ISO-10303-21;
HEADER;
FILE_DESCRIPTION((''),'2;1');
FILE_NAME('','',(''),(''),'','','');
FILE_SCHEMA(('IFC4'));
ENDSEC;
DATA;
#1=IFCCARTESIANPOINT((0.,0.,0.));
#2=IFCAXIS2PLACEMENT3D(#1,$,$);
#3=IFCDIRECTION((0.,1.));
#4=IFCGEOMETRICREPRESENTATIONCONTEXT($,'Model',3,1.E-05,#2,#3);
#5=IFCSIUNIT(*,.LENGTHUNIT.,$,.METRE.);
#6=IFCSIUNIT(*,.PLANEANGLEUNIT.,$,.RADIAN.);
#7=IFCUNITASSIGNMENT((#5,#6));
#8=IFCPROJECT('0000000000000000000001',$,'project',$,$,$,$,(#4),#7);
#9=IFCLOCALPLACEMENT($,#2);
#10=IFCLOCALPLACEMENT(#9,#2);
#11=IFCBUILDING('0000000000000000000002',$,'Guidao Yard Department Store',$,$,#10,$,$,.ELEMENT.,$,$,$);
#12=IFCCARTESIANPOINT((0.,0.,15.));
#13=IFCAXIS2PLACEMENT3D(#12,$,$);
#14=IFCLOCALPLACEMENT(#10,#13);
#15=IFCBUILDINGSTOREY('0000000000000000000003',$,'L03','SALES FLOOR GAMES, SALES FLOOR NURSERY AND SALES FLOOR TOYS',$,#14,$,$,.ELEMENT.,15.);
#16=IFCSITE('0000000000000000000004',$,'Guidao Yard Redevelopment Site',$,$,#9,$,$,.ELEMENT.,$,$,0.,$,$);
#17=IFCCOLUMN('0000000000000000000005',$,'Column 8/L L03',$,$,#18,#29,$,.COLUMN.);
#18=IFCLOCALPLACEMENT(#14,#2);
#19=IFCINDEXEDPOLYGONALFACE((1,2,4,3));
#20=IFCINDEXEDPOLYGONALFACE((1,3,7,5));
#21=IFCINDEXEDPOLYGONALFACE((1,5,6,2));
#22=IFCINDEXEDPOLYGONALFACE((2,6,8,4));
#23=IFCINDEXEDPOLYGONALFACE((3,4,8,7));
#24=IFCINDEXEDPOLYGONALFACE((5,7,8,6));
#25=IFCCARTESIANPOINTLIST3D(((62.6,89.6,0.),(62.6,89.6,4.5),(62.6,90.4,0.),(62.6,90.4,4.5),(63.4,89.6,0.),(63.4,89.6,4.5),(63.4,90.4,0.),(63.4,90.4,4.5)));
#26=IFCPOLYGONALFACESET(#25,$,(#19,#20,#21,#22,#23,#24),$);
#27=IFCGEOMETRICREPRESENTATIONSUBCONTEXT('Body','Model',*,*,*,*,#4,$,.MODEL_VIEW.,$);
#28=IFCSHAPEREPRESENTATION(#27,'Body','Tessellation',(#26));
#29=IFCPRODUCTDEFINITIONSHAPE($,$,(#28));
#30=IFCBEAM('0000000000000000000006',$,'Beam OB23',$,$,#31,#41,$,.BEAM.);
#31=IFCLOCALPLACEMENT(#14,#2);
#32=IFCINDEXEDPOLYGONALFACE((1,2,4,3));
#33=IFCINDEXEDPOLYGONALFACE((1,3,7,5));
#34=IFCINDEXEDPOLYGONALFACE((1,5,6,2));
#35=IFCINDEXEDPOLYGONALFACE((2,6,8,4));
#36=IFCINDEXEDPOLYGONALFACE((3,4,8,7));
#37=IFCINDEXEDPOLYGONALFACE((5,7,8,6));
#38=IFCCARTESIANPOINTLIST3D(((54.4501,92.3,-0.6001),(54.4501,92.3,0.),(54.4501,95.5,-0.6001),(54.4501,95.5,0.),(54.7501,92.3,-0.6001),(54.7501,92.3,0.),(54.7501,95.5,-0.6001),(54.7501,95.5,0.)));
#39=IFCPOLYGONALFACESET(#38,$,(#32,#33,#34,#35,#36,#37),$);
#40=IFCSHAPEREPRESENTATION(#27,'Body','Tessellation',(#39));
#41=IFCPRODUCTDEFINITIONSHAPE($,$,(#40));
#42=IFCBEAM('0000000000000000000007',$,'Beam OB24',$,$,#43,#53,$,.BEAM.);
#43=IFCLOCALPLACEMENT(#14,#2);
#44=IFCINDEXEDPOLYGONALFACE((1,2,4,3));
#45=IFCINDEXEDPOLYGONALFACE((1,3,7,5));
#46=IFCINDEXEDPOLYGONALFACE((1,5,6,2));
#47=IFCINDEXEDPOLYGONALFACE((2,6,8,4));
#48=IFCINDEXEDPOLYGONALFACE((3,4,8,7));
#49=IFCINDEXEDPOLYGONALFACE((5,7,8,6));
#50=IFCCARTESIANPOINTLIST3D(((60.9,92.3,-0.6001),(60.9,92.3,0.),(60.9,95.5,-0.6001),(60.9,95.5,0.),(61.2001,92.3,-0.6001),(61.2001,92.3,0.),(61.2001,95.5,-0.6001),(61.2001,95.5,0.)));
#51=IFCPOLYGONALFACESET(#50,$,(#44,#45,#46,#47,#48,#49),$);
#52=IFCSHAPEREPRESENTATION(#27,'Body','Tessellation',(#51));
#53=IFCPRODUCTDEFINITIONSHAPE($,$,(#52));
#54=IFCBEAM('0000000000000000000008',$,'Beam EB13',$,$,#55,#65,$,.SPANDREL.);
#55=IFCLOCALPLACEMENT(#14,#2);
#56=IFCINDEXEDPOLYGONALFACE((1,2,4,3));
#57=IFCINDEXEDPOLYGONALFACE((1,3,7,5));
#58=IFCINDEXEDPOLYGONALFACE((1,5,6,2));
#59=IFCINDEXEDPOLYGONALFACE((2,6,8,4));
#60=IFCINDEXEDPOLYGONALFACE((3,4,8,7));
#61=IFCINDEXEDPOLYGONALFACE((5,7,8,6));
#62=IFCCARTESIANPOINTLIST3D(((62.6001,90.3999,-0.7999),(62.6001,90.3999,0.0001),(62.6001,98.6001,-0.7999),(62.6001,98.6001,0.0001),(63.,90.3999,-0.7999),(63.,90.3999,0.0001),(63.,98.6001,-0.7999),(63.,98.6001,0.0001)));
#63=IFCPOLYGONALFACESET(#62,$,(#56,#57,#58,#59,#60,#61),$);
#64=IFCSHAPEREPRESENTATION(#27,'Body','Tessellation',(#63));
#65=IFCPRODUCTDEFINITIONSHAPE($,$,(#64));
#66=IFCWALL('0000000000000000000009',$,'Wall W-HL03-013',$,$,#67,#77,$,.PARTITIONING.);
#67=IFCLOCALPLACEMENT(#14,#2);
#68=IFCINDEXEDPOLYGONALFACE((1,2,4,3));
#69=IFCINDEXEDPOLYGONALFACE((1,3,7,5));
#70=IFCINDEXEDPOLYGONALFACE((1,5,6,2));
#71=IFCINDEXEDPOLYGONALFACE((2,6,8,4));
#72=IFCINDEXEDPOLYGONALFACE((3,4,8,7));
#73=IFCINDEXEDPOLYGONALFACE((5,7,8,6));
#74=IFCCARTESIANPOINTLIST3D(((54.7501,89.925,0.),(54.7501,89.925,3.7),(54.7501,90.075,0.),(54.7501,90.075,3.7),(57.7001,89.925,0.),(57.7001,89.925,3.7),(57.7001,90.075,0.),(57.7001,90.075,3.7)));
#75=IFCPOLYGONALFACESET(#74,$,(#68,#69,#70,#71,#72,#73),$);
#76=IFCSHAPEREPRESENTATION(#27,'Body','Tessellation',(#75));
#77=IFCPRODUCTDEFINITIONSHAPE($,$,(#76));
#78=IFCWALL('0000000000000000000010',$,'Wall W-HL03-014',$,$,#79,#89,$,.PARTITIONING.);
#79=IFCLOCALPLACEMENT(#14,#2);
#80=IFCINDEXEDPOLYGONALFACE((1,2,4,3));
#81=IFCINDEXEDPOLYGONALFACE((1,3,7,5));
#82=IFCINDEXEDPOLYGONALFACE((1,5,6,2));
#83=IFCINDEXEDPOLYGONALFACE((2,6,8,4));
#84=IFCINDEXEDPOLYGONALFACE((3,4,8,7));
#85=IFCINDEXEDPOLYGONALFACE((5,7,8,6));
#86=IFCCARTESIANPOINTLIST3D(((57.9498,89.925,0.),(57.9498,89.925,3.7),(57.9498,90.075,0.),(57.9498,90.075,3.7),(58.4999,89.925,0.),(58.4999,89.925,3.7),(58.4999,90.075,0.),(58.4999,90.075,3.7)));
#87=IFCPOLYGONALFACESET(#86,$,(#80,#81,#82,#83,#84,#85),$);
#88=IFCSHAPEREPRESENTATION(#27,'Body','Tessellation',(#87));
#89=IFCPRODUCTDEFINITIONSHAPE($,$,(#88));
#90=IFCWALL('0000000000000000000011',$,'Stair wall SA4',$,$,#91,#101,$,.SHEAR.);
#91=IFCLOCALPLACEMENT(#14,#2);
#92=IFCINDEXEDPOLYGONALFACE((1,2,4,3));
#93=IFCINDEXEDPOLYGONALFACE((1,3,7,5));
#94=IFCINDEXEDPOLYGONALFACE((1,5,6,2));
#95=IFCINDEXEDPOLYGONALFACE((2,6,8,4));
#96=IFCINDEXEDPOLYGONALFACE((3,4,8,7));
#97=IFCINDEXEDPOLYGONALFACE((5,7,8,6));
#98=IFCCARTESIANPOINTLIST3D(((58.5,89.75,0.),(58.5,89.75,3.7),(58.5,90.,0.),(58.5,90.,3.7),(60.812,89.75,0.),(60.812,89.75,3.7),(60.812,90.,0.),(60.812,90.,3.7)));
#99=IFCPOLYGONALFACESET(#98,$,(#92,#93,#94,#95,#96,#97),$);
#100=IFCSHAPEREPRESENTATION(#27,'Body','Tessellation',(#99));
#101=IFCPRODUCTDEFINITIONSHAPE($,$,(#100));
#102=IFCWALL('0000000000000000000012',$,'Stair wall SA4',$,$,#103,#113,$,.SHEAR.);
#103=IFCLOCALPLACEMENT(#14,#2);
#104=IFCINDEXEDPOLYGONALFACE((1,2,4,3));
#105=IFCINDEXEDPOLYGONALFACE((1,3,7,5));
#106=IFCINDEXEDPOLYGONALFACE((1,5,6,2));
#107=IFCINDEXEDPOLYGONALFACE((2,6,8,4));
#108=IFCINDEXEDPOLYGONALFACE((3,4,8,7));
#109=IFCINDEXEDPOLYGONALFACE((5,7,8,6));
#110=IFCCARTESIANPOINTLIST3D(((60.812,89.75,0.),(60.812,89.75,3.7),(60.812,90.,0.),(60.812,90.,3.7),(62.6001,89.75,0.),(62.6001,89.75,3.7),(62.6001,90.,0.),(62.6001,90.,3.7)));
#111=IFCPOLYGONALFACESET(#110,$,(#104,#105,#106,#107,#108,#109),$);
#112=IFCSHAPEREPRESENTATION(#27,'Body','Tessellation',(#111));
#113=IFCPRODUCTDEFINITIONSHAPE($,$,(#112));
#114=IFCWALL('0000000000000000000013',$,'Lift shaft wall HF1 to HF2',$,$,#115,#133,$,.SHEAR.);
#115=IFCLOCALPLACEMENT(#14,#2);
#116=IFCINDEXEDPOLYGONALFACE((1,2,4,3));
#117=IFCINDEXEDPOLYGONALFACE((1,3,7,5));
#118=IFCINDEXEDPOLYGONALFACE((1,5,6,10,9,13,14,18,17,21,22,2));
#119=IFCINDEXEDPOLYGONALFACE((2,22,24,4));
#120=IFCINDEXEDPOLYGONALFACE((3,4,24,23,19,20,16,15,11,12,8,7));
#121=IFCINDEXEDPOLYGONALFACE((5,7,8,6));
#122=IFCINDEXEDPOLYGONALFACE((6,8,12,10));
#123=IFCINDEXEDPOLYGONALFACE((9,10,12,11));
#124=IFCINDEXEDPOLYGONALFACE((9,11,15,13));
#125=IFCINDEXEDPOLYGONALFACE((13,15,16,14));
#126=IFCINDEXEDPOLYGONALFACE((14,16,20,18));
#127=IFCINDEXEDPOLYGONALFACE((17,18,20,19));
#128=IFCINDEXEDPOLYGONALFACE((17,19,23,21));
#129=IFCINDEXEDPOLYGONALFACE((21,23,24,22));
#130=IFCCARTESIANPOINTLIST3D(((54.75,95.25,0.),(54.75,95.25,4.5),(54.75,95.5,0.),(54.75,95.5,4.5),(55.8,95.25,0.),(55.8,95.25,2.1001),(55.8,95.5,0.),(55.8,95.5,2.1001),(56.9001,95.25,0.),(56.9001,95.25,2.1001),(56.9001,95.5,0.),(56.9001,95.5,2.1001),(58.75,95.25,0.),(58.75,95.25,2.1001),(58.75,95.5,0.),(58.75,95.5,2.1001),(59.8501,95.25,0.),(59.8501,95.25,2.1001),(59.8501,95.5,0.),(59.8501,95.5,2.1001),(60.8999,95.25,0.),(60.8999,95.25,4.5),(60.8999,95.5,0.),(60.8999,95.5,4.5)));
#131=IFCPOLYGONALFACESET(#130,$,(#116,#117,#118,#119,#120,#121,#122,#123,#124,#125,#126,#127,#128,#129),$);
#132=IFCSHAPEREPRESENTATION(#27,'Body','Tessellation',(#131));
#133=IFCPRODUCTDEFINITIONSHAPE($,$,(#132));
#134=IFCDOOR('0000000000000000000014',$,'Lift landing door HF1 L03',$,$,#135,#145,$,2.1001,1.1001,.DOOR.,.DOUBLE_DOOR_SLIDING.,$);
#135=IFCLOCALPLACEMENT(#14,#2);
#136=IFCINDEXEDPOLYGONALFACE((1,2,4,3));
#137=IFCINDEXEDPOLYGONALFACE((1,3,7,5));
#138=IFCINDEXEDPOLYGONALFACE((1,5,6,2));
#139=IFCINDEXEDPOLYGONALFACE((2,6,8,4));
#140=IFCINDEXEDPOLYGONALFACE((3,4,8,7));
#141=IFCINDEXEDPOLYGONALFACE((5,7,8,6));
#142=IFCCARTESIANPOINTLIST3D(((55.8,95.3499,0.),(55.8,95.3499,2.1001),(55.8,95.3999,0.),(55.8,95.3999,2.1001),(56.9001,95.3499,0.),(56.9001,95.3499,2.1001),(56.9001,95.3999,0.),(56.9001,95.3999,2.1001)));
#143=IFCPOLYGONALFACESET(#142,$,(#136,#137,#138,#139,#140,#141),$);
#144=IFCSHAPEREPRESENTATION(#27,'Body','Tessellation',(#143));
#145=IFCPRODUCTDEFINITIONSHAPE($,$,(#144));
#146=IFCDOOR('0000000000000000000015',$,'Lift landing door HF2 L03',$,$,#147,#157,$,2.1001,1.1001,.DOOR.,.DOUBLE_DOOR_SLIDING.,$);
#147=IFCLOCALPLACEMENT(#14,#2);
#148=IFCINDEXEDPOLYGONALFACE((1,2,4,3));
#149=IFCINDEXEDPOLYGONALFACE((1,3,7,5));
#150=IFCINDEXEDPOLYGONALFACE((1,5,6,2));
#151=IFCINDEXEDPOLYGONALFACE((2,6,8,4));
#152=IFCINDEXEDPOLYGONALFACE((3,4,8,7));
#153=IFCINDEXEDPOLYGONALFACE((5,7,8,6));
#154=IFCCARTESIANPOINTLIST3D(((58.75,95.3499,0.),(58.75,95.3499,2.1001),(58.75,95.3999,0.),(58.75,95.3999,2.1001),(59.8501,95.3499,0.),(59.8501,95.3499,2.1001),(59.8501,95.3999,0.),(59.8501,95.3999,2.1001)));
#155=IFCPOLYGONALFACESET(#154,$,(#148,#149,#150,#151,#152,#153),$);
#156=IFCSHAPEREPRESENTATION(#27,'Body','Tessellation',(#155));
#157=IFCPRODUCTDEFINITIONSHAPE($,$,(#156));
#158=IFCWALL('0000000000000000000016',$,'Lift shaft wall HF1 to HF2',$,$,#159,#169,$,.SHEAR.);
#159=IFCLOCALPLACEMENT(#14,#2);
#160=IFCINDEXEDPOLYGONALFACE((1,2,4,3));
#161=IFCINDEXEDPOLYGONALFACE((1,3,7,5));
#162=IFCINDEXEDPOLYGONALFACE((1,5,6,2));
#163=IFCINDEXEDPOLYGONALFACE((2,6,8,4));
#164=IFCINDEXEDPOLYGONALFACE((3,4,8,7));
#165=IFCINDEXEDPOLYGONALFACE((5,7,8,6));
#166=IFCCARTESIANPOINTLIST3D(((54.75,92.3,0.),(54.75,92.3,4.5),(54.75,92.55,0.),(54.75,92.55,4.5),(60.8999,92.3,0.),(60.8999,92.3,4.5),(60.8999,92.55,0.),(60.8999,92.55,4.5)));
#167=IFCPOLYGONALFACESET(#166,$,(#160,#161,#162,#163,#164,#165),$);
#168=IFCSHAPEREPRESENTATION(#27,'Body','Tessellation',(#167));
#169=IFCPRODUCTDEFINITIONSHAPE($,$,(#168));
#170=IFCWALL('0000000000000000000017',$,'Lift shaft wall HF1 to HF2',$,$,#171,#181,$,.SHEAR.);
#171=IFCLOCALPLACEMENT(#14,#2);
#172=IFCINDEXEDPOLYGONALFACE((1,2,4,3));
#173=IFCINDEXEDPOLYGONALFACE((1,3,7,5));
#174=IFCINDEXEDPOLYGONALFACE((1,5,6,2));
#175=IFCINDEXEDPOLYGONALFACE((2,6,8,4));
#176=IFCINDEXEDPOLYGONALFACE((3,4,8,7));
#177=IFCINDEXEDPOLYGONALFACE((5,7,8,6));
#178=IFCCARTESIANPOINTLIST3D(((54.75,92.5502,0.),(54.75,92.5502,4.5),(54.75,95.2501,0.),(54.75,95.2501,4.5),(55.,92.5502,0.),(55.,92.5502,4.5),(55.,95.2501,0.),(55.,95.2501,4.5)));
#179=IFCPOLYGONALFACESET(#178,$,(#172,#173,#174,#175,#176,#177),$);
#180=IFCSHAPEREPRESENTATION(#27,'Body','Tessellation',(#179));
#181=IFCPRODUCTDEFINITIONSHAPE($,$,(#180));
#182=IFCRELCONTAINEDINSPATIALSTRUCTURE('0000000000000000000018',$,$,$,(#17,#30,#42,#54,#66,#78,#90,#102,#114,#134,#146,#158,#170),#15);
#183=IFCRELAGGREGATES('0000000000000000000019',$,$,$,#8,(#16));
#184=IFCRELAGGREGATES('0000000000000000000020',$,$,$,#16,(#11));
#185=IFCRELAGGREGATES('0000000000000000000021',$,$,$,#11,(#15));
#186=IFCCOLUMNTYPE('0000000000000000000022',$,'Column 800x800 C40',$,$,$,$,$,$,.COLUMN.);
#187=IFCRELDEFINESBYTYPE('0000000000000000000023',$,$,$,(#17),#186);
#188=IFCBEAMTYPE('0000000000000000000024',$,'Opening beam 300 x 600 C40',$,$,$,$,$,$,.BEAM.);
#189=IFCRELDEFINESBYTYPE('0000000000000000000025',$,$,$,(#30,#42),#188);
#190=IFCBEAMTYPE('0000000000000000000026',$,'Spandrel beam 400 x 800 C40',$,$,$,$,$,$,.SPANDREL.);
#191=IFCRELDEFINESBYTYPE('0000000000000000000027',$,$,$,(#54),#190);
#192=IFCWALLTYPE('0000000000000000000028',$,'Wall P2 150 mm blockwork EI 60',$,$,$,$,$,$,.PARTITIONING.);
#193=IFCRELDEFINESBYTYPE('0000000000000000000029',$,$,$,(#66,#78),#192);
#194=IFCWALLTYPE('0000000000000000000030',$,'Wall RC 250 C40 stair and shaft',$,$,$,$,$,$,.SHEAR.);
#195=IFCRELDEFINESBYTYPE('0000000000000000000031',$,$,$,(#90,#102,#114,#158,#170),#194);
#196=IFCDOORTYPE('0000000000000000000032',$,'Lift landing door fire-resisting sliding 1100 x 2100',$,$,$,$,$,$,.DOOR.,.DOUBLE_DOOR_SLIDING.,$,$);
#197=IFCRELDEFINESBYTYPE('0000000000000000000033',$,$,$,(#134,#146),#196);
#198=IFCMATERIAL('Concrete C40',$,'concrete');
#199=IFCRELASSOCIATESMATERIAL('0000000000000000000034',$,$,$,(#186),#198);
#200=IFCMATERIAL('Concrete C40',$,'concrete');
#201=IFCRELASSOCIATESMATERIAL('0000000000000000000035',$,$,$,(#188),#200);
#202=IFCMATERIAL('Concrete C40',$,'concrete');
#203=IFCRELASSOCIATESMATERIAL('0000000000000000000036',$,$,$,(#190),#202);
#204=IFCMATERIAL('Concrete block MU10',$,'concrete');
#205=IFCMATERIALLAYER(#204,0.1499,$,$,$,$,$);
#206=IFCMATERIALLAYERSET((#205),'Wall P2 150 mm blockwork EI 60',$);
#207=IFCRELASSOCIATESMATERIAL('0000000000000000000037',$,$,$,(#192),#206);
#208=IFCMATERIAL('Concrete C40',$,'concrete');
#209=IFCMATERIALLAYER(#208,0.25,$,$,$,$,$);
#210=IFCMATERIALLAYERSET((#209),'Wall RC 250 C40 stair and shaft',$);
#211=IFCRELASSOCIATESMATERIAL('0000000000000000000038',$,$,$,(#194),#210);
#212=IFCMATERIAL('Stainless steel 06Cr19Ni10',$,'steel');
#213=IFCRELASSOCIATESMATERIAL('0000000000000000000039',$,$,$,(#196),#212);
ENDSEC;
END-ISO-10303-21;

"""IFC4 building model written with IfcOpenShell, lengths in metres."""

from ifc_helpers import new_model, si_unit, direction, frame, frame_2d, origin, origin_2d, place, context, subcontext, project, spatial, rectangle, extrude, material, layer, layer_set, material_profile, profile_set, type_object, element, fill, save


model = new_model("IFC4")

# Units and contexts
model_context = context("Model", 3, precision=1e-05, world=origin(), true_north=direction((0.0, 1.0)))
body_context = subcontext(model_context, "Body", "Model", "MODEL_VIEW")
ifc_project = project(units=[si_unit("LENGTHUNIT", "METRE"), si_unit("PLANEANGLEUNIT", "RADIAN")], contexts=[model_context])

# Site, building, storey
site_placement = place(None, origin())
site = spatial("IfcSite", under=ifc_project, at=site_placement, Name="Guidao Yard Redevelopment Site", CompositionType="ELEMENT", RefElevation=0.0)
building_placement = place(site_placement, origin())
building = spatial("IfcBuilding", under=site, at=building_placement, Name="Guidao Yard Department Store", CompositionType="ELEMENT")
storey_placement = place(building_placement, frame((0.0, 0.0, 15.0)))
storey = spatial("IfcBuildingStorey", under=building, at=storey_placement, Name="L03", Description="SALES FLOOR GAMES, SALES FLOOR NURSERY AND SALES FLOOR TOYS", CompositionType="ELEMENT", Elevation=15.0)

# Column
ifc_material_1 = material(Name="Concrete C40", Category="concrete")
ifc_material_profile_1 = material_profile(ifc_material_1, rectangle(XDim=0.8, YDim=0.8, at=origin_2d()), Name="COL 800x800")
ifc_profile_set_1 = profile_set([ifc_material_profile_1], Name="Concrete C40")
column_type = type_object("IfcColumnType", Name="Column 800x800 C40", PredefinedType="COLUMN", material=ifc_profile_set_1)
column_placement = place(storey_placement, frame((63.0, 90.0, 0.0), z_axis=(0.0, 0.0, 1.0), x_axis=(1.0, 0.0, 0.0)))
element("IfcColumn", 1, at=column_placement, inside=storey, type_object=column_type, Name="Column 8/L L03", PredefinedType="COLUMN", context=body_context, shape_type="SweptSolid", body=[
    extrude(rectangle(XDim=0.8, YDim=0.8, at=origin_2d()), origin(), (0.0, 0.0, 1.0), 4.5),
])

# Beams
ifc_material_2 = material(Name="Concrete C40", Category="concrete")
ifc_material_profile_2 = material_profile(ifc_material_2, rectangle(XDim=0.3, YDim=0.6001, at=origin_2d()), Name="Opening beam 300 x 600 C40")
ifc_profile_set_2 = profile_set([ifc_material_profile_2], Name="Concrete C40")
beam_type_1 = type_object("IfcBeamType", Name="Opening beam 300 x 600 C40", PredefinedType="BEAM", material=ifc_profile_set_2)
for number, where, z_axis, x_axis, name in (
    (2, (54.6001, 92.3, -0.3), (0.0, 1.0, 0.0), (-1.0, 0.0, 0.0), "Beam OB23"),
    (3, (61.05, 92.3, -0.3), (0.0, 1.0, 0.0), (-1.0, 0.0, 0.0), "Beam OB24"),
):
    element("IfcBeam", number, at=place(storey_placement, frame(where, z_axis=z_axis, x_axis=x_axis)), inside=storey, type_object=beam_type_1, Name=name, PredefinedType="BEAM", context=body_context, shape_type="SweptSolid", body=[
        extrude(rectangle(XDim=0.3, YDim=0.6001, at=origin_2d()), origin(), (0.0, 0.0, 1.0), 3.2),
    ])
ifc_material_3 = material(Name="Concrete C40", Category="concrete")
ifc_material_profile_3 = material_profile(ifc_material_3, rectangle(XDim=0.3999, YDim=0.8, at=origin_2d()), Name="Spandrel beam 400 x 800 C40")
ifc_profile_set_3 = profile_set([ifc_material_profile_3], Name="Concrete C40")
beam_type_2 = type_object("IfcBeamType", Name="Spandrel beam 400 x 800 C40", PredefinedType="SPANDREL", material=ifc_profile_set_3)
beam_placement = place(storey_placement, frame((62.8, 90.3999, -0.3999), z_axis=(0.0, 1.0, 0.0), x_axis=(-1.0, 0.0, 0.0)))
element("IfcBeam", 4, at=beam_placement, inside=storey, type_object=beam_type_2, Name="Beam EB13", PredefinedType="SPANDREL", context=body_context, shape_type="SweptSolid", body=[
    extrude(rectangle(XDim=0.3999, YDim=0.8, at=origin_2d()), origin(), (0.0, 0.0, 1.0), 8.2002),
])

# Walls
ifc_material_4 = material(Name="Concrete block MU10", Category="concrete")
ifc_layer_1 = layer(ifc_material_4, 0.1499)
ifc_layer_set_1 = layer_set([ifc_layer_1], Name="Wall P2 150 mm blockwork EI 60")
wall_type_1 = type_object("IfcWallType", Name="Wall P2 150 mm blockwork EI 60", PredefinedType="PARTITIONING", material=ifc_layer_set_1)
wall_1_placement = place(storey_placement, frame((54.75, 90.0, 0.0), z_axis=(0.0, 0.0, 1.0), x_axis=(1.0, 0.0, 0.0)))
element("IfcWall", 5, at=wall_1_placement, inside=storey, type_object=wall_type_1, Name="Wall W-HL03-013", PredefinedType="PARTITIONING", context=body_context, shape_type="SweptSolid", body=[
    extrude(rectangle(XDim=2.95, YDim=0.1499, at=frame_2d((1.4751, 0.0))), origin(), (0.0, 0.0, 1.0), 3.7),
])
wall_2_placement = place(storey_placement, frame((57.95, 90.0, 0.0), z_axis=(0.0, 0.0, 1.0), x_axis=(1.0, 0.0, 0.0)))
element("IfcWall", 6, at=wall_2_placement, inside=storey, type_object=wall_type_1, Name="Wall W-HL03-014", PredefinedType="PARTITIONING", context=body_context, shape_type="SweptSolid", body=[
    extrude(rectangle(XDim=0.55, YDim=0.1499, at=frame_2d((0.2749, 0.0))), origin(), (0.0, 0.0, 1.0), 3.7),
])
ifc_material_5 = material(Name="Concrete C40", Category="concrete")
ifc_layer_2 = layer(ifc_material_5, 0.25)
ifc_layer_set_2 = layer_set([ifc_layer_2], Name="Wall RC 250 C40 stair and shaft")
wall_type_2 = type_object("IfcWallType", Name="Wall RC 250 C40 stair and shaft", PredefinedType="SHEAR", material=ifc_layer_set_2)
wall_3_placement = place(storey_placement, frame((58.5, 89.875, 0.0), z_axis=(0.0, 0.0, 1.0), x_axis=(1.0, 0.0, 0.0)))
element("IfcWall", 7, at=wall_3_placement, inside=storey, type_object=wall_type_2, Name="Stair wall SA4", PredefinedType="SHEAR", context=body_context, shape_type="SweptSolid", body=[
    extrude(rectangle(XDim=2.312, YDim=0.25, at=frame_2d((1.156, 0.0))), origin(), (0.0, 0.0, 1.0), 3.7),
])
wall_4_placement = place(storey_placement, frame((60.812, 89.875, 0.0), z_axis=(0.0, 0.0, 1.0), x_axis=(1.0, 0.0, 0.0)))
element("IfcWall", 8, at=wall_4_placement, inside=storey, type_object=wall_type_2, Name="Stair wall SA4", PredefinedType="SHEAR", context=body_context, shape_type="SweptSolid", body=[
    extrude(rectangle(XDim=1.7881, YDim=0.25, at=frame_2d((0.894, 0.0))), origin(), (0.0, 0.0, 1.0), 3.7),
])

# Wall, openings, doors
wall_5_placement = place(storey_placement, frame((54.75, 95.375, 0.0), z_axis=(0.0, 0.0, 1.0), x_axis=(1.0, 0.0, 0.0)))
wall_5 = element("IfcWall", 9, at=wall_5_placement, inside=storey, type_object=wall_type_2, Name="Lift shaft wall HF1 to HF2", PredefinedType="SHEAR", context=body_context, shape_type="SweptSolid", body=[
    extrude(rectangle(XDim=6.1499, YDim=0.25, at=frame_2d((3.075, 0.0))), origin(), (0.0, 0.0, 1.0), 4.5),
])
opening_1_placement = place(wall_5_placement, frame((1.05, 0.0, 0.0)))
opening_1 = element("IfcOpeningElement", 10, at=opening_1_placement, cuts=wall_5, PredefinedType="OPENING", context=body_context, shape_type="SweptSolid", body=[
    extrude(rectangle(XDim=1.1001, YDim=2.1001, at=frame_2d((0.55, 1.05))), frame((0.0, 0.135, 0.0), z_axis=(0.0, -1.0, 0.0), x_axis=(1.0, 0.0, 0.0)), (0.0, 0.0, 1.0), 0.27),
])
opening_2_placement = place(wall_5_placement, frame((4.0, 0.0, 0.0)))
opening_2 = element("IfcOpeningElement", 11, at=opening_2_placement, cuts=wall_5, PredefinedType="OPENING", context=body_context, shape_type="SweptSolid", body=[
    extrude(rectangle(XDim=1.1001, YDim=2.1001, at=frame_2d((0.55, 1.05))), frame((0.0, 0.135, 0.0), z_axis=(0.0, -1.0, 0.0), x_axis=(1.0, 0.0, 0.0)), (0.0, 0.0, 1.0), 0.27),
])
ifc_material_6 = material(Name="Stainless steel 06Cr19Ni10", Category="steel")
door_type = type_object("IfcDoorType", Name="Lift landing door fire-resisting sliding 1100 x 2100", OperationType="DOUBLE_DOOR_SLIDING", PredefinedType="DOOR", material=ifc_material_6)
door_1_placement = place(opening_1_placement, origin())
door_1 = element("IfcDoor", 12, at=door_1_placement, inside=storey, type_object=door_type, Name="Lift landing door HF1 L03", OperationType="DOUBLE_DOOR_SLIDING", OverallHeight=2.1001, OverallWidth=1.1001, PredefinedType="DOOR", context=body_context, shape_type="SweptSolid", body=[
    extrude(rectangle(XDim=1.1001, YDim=2.1001, at=frame_2d((0.55, 1.05))), frame((0.0, 0.0249, 0.0), z_axis=(0.0, -1.0, 0.0), x_axis=(1.0, 0.0, 0.0)), (0.0, 0.0, 1.0), 0.05),
])
fill(opening_1, door_1)
door_2_placement = place(opening_2_placement, origin())
door_2 = element("IfcDoor", 13, at=door_2_placement, inside=storey, type_object=door_type, Name="Lift landing door HF2 L03", OperationType="DOUBLE_DOOR_SLIDING", OverallHeight=2.1001, OverallWidth=1.1001, PredefinedType="DOOR", context=body_context, shape_type="SweptSolid", body=[
    extrude(rectangle(XDim=1.1001, YDim=2.1001, at=frame_2d((0.55, 1.05))), frame((0.0, 0.0249, 0.0), z_axis=(0.0, -1.0, 0.0), x_axis=(1.0, 0.0, 0.0)), (0.0, 0.0, 1.0), 0.05),
])
fill(opening_2, door_2)

# Walls
wall_6_placement = place(storey_placement, frame((54.75, 92.425, 0.0), z_axis=(0.0, 0.0, 1.0), x_axis=(1.0, 0.0, 0.0)))
element("IfcWall", 14, at=wall_6_placement, inside=storey, type_object=wall_type_2, Name="Lift shaft wall HF1 to HF2", PredefinedType="SHEAR", context=body_context, shape_type="SweptSolid", body=[
    extrude(rectangle(XDim=6.1499, YDim=0.25, at=frame_2d((3.075, 0.0))), origin(), (0.0, 0.0, 1.0), 4.5),
])
for number, where, z_axis, x_axis, name in (
    (15, (54.875, 92.55, 0.0), (0.0, 0.0, 1.0), (0.0, 1.0, 0.0), "Lift shaft wall HF1 to HF2"),
):
    element("IfcWall", number, at=place(storey_placement, frame(where, z_axis=z_axis, x_axis=x_axis)), inside=storey, type_object=wall_type_2, Name=name, PredefinedType="SHEAR", context=body_context, shape_type="SweptSolid", body=[
        extrude(rectangle(XDim=2.7, YDim=0.25, at=frame_2d((1.3501, 0.0))), origin(), (0.0, 0.0, 1.0), 4.5),
    ])

save(model, "model.ifc")
